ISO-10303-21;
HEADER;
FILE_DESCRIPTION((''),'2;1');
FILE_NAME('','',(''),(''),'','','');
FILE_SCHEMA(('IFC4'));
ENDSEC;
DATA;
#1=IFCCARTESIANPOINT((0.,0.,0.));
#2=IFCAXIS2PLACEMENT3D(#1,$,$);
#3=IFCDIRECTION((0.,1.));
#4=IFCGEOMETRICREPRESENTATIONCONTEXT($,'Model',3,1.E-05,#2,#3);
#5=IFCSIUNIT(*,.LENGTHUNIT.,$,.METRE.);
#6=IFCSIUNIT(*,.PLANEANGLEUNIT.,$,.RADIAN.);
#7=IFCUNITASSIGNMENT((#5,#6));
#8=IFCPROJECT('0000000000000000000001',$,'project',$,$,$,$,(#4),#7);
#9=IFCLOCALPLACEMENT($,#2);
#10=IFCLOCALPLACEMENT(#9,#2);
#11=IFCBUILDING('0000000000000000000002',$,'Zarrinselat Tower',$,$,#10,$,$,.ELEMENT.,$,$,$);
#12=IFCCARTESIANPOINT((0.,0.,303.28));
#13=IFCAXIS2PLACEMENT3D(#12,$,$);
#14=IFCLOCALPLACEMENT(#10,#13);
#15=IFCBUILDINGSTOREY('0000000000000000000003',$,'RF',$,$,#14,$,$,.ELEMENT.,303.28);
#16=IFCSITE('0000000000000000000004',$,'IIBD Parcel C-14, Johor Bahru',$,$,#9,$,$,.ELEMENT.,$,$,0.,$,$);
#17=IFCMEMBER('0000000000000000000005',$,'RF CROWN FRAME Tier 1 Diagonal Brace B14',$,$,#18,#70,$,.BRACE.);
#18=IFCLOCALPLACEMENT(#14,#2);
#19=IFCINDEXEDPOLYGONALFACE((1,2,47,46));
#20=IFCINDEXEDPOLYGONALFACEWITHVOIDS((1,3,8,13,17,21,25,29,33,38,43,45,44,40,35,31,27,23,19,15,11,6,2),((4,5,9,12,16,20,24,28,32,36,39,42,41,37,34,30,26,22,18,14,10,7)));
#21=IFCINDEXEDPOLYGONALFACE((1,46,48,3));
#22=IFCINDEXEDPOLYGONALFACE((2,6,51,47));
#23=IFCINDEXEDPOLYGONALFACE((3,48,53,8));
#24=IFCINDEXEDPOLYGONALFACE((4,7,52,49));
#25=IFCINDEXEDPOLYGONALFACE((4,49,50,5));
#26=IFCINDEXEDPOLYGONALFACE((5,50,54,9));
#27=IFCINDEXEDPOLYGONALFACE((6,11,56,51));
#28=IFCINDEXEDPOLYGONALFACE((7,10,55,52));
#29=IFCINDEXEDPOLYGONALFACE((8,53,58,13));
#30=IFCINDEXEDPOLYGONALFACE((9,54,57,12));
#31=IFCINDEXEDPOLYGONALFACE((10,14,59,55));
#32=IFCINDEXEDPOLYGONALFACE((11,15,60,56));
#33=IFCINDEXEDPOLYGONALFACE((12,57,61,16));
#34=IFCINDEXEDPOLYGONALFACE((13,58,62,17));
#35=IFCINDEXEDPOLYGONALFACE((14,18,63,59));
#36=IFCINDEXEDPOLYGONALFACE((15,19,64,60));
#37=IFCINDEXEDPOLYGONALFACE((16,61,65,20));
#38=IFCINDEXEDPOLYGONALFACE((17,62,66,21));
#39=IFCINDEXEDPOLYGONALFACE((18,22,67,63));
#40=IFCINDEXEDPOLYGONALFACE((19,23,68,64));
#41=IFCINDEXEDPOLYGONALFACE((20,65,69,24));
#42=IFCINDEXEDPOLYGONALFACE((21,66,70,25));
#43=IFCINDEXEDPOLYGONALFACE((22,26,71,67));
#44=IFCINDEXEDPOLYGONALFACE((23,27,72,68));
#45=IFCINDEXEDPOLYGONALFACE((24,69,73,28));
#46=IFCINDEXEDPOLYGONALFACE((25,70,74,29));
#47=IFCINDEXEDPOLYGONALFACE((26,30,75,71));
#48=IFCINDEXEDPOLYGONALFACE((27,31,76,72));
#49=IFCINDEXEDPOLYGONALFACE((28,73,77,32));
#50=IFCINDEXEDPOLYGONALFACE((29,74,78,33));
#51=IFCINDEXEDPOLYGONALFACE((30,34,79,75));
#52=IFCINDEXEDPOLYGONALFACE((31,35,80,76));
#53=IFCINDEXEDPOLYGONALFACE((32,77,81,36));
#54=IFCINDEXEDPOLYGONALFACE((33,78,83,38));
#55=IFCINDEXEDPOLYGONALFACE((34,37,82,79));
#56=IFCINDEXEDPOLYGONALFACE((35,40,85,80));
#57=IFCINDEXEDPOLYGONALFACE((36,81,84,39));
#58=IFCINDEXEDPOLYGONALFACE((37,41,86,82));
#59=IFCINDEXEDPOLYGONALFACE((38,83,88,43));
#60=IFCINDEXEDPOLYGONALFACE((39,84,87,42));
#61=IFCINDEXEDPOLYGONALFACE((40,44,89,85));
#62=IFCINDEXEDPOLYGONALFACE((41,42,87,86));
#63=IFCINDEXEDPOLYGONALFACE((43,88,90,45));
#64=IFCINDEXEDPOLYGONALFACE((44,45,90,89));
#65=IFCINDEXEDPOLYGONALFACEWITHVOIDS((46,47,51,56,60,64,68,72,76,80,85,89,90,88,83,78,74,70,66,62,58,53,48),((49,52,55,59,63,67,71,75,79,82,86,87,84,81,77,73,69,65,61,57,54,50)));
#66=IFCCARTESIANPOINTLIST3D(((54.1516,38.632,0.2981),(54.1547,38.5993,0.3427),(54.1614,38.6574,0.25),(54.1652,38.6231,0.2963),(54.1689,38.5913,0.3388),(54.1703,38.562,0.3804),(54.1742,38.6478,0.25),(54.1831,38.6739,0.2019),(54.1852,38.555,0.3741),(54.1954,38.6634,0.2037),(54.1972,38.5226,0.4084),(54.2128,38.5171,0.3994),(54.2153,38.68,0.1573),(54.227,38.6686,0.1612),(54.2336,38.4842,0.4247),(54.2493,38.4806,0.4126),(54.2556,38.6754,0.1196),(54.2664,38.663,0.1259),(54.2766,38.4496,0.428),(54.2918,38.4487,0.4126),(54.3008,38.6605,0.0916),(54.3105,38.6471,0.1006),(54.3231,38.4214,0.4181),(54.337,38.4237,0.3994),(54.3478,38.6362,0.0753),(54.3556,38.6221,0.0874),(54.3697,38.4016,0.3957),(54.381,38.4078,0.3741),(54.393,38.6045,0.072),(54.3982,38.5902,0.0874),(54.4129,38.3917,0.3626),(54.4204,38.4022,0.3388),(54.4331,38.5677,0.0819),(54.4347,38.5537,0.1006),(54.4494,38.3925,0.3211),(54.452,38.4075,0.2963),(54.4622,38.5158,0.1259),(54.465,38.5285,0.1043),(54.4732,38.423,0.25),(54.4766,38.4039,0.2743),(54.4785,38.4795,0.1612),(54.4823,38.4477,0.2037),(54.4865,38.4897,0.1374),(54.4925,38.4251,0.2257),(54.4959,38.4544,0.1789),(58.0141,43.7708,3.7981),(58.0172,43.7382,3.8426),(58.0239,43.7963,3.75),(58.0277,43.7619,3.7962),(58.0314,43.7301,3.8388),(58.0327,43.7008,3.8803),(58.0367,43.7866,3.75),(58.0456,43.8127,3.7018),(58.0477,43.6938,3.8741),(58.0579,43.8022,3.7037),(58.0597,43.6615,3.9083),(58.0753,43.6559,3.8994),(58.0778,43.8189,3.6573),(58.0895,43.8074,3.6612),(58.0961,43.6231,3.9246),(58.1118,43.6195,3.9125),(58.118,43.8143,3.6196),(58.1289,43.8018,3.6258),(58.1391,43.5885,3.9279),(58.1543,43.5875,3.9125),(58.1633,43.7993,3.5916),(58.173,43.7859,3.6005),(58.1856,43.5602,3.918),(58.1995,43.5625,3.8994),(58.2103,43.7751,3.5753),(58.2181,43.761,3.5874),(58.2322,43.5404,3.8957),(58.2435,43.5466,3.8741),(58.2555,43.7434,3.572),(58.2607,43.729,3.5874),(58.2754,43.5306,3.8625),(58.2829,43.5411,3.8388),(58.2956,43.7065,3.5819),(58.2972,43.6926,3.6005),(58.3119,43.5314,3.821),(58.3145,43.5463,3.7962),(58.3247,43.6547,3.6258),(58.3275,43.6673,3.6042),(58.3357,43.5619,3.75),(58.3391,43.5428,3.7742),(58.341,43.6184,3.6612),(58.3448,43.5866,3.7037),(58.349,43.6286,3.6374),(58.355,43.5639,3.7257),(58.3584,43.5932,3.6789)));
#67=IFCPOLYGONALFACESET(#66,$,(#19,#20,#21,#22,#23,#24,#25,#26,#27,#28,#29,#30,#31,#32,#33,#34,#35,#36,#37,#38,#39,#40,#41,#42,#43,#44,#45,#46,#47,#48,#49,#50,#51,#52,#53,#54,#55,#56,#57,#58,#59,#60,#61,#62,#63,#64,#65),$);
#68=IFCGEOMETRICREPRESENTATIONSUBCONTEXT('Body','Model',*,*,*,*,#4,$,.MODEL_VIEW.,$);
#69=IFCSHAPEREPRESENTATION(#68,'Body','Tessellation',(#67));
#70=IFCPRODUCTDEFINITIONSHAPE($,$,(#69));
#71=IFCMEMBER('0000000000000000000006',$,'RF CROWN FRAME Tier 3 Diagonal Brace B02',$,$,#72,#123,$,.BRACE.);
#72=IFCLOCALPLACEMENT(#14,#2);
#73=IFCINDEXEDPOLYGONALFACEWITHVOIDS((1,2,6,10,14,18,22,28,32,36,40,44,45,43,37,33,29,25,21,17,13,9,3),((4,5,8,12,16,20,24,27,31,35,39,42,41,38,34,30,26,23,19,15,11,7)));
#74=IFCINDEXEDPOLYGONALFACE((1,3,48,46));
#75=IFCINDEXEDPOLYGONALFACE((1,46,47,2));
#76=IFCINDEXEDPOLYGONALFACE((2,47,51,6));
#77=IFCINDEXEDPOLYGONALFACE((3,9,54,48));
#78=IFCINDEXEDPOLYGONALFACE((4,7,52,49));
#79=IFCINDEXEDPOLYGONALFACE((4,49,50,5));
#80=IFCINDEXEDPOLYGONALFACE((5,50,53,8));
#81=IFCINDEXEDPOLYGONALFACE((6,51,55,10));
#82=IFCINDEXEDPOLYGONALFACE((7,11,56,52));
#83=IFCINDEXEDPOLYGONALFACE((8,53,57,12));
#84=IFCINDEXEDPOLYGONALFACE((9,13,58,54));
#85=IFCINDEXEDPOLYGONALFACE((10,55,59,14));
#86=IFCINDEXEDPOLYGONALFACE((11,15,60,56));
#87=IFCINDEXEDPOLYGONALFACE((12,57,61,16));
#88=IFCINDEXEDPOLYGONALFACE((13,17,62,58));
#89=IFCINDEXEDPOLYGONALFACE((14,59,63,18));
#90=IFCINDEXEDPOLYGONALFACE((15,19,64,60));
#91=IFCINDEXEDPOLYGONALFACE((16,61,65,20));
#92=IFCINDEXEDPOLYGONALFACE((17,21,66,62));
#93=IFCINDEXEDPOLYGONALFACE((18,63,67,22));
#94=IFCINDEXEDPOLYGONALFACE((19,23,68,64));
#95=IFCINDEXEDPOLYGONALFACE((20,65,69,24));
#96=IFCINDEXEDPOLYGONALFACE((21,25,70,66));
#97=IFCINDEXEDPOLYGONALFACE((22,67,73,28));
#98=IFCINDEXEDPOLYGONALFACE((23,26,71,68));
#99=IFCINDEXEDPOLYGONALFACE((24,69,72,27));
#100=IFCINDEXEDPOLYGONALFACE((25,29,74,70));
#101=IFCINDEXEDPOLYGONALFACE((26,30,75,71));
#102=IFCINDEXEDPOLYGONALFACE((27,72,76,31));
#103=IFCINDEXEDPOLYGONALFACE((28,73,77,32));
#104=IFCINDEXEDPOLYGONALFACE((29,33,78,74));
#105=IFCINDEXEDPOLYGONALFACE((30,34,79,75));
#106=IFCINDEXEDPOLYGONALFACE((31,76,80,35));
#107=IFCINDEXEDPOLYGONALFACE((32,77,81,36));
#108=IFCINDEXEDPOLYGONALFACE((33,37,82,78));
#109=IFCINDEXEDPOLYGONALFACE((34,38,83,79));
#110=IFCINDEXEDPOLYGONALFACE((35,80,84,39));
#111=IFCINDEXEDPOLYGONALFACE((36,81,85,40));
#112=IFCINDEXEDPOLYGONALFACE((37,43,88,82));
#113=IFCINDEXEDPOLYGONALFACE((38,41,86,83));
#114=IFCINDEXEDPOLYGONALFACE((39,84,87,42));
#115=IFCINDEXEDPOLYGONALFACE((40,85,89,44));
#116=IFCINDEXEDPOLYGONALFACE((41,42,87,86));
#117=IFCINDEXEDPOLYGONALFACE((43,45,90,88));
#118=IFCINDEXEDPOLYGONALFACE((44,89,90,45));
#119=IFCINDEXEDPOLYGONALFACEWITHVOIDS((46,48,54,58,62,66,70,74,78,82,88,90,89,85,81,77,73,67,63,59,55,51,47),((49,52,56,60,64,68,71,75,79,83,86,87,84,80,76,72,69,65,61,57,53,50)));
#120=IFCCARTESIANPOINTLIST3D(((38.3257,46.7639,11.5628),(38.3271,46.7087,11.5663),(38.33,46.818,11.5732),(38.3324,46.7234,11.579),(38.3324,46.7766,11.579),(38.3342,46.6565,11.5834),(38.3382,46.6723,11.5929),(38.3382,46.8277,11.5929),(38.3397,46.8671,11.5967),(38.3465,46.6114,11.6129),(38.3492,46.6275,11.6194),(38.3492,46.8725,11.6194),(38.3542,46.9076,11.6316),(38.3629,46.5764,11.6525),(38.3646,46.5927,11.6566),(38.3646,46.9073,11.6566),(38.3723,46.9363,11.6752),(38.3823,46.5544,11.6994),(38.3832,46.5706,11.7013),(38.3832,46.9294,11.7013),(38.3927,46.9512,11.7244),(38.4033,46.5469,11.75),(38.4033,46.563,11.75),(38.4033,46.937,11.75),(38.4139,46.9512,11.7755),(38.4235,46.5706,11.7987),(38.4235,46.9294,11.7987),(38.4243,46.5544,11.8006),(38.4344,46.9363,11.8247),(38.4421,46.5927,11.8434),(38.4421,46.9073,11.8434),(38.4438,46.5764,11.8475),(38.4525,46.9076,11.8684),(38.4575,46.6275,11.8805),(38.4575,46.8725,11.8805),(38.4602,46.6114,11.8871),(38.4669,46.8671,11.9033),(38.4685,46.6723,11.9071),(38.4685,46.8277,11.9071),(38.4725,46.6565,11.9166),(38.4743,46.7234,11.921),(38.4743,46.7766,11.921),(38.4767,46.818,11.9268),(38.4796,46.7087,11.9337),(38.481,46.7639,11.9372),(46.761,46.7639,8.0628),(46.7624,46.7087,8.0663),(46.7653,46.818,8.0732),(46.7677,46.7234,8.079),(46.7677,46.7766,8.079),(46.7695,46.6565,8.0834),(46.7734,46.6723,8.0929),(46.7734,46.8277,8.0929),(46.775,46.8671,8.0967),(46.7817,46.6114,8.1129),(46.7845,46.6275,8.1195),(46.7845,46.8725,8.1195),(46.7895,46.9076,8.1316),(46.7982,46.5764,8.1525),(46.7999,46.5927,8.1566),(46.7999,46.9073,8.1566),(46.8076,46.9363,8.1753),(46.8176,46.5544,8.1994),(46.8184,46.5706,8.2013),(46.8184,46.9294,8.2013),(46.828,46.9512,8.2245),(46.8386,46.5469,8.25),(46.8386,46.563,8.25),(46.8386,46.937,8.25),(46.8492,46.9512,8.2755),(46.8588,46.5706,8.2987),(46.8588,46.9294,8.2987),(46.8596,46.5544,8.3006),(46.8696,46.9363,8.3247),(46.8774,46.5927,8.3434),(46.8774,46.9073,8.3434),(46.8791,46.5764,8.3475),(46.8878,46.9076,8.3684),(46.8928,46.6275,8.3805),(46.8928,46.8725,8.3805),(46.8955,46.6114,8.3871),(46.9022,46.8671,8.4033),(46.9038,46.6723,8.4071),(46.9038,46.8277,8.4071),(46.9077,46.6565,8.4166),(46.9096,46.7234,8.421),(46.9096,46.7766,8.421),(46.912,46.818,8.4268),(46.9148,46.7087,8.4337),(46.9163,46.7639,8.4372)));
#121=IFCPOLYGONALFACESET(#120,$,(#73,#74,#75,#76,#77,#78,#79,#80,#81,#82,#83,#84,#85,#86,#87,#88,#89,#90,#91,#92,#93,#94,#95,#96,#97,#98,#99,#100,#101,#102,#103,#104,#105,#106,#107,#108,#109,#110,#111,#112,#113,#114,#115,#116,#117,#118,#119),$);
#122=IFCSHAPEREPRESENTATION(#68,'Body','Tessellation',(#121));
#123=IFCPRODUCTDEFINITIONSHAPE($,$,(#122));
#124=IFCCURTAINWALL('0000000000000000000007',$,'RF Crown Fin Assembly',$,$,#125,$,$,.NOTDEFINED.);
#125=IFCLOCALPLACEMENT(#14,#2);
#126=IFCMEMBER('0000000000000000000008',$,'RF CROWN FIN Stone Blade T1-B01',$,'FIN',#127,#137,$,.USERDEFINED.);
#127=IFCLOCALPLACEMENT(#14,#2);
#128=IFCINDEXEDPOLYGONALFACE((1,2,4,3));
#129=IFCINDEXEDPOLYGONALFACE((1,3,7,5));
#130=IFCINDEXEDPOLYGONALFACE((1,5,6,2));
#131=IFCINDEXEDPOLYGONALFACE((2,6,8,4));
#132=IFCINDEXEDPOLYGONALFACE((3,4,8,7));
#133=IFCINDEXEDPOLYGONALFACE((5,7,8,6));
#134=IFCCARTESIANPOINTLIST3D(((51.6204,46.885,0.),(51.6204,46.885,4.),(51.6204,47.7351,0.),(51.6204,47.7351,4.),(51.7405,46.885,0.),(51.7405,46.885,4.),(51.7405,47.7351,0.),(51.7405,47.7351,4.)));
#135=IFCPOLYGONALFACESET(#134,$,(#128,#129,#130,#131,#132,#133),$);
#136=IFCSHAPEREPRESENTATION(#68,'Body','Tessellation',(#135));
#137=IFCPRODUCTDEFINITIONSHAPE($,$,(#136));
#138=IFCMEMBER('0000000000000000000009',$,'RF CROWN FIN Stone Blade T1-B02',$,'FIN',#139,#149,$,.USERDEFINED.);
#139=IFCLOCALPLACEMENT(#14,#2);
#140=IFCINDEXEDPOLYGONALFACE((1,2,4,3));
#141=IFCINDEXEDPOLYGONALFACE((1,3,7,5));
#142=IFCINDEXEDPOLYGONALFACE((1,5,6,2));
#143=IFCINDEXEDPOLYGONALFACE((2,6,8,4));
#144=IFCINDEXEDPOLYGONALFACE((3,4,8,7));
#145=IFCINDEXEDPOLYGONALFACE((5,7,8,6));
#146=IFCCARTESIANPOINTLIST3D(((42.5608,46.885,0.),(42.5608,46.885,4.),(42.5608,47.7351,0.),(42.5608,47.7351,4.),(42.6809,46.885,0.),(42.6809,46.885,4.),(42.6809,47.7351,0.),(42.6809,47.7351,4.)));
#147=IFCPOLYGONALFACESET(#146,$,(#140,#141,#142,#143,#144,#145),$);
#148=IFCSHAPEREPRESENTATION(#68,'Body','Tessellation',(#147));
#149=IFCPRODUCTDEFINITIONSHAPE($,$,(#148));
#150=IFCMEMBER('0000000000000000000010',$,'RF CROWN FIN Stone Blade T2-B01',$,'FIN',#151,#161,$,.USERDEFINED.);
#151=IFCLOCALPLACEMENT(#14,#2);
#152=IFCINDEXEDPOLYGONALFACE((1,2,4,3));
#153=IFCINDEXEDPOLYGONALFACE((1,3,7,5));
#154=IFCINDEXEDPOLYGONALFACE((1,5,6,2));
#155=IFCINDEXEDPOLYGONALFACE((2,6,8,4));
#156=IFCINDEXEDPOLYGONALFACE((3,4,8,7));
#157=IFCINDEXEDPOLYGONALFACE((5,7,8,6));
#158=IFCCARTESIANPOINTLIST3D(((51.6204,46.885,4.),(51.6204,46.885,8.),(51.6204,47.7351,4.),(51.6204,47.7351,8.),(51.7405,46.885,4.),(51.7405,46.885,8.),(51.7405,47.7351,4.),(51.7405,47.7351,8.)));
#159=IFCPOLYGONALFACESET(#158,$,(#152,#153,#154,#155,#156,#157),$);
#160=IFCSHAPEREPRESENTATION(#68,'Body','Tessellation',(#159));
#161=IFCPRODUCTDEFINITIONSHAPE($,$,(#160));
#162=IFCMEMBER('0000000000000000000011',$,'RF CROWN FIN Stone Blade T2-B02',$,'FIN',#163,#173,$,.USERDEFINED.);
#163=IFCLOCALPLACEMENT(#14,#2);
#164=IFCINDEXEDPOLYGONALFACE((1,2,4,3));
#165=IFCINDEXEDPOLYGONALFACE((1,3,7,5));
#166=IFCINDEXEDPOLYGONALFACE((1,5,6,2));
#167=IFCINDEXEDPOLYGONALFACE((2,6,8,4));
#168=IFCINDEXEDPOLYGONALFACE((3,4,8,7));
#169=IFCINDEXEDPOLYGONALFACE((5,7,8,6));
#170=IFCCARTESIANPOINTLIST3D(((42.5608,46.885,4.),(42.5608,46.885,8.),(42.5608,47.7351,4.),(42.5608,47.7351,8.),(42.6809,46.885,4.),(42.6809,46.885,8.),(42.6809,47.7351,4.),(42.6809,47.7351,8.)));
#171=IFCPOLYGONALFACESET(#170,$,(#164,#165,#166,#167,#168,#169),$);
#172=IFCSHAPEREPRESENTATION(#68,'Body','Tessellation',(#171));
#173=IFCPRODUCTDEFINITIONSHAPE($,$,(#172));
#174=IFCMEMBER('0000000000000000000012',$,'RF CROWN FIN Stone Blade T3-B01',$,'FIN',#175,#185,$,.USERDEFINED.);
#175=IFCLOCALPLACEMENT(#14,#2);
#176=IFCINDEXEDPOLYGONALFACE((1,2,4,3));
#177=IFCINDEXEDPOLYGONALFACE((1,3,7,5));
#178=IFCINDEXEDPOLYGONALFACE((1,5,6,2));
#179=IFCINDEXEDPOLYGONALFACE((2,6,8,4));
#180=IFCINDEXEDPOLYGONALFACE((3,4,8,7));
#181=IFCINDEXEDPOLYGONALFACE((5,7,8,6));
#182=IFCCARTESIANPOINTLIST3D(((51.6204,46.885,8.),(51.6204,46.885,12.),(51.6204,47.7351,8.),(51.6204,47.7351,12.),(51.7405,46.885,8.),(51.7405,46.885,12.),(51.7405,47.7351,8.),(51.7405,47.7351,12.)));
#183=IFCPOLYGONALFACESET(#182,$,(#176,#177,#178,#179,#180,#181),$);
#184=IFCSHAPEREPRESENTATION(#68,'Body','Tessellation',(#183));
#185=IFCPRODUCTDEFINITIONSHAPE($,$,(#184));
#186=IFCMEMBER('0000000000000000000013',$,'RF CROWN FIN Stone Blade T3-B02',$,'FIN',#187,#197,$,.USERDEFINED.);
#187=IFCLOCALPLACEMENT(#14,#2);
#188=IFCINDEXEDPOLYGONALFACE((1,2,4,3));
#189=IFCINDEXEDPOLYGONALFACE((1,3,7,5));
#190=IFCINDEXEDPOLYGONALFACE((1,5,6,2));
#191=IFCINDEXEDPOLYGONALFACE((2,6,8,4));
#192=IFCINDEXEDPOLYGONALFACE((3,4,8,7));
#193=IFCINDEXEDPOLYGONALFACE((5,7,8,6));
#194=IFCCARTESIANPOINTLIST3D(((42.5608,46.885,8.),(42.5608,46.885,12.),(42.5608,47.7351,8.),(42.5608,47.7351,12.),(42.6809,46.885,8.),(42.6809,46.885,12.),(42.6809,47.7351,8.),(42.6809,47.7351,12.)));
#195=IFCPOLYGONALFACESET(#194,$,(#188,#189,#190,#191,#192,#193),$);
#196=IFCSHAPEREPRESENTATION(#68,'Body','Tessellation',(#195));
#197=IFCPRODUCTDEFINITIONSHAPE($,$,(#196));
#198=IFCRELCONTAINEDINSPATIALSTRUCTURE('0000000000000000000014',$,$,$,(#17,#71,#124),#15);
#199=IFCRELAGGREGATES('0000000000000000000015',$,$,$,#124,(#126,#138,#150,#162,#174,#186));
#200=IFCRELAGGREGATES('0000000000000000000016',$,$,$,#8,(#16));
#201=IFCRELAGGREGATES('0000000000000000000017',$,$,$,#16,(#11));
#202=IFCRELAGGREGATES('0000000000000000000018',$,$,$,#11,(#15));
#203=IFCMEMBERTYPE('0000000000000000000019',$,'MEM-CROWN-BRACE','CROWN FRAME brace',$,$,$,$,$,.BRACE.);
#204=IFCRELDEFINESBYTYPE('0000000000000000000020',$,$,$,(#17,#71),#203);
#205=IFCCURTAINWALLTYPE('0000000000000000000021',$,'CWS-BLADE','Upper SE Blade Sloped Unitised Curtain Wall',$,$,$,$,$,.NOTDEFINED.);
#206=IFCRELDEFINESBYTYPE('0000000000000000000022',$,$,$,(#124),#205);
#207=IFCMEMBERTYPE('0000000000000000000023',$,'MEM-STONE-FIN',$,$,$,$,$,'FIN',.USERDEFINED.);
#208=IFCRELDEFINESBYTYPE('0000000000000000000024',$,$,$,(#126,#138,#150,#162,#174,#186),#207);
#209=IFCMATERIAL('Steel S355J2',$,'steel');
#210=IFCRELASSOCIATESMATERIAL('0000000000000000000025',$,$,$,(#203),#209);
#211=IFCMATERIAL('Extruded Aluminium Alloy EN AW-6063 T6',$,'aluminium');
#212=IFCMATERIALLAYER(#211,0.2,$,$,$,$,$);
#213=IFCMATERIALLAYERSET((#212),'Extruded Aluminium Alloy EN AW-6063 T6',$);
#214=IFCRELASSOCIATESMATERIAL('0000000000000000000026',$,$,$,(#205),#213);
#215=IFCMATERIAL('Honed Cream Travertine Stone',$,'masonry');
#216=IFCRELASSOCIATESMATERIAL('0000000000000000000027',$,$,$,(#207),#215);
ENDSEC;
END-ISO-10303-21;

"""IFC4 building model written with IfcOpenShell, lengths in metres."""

from ifc_helpers import new_model, si_unit, direction, frame, origin, origin_2d, place, context, subcontext, project, spatial, rectangle, hollow_circle, extrude, material, layer, layer_set, material_profile, profile_set, type_object, element, aggregate, save


model = new_model("IFC4")

# Units and contexts
model_context = context("Model", 3, precision=1e-05, world=origin(), true_north=direction((0.0, 1.0)))
body_context = subcontext(model_context, "Body", "Model", "MODEL_VIEW")
ifc_project = project(units=[si_unit("LENGTHUNIT", "METRE"), si_unit("PLANEANGLEUNIT", "RADIAN")], contexts=[model_context])

# Site, building, storey
site_placement = place(None, origin())
site = spatial("IfcSite", under=ifc_project, at=site_placement, Name="IIBD Parcel C-14, Johor Bahru", CompositionType="ELEMENT", RefElevation=0.0)
building_placement = place(site_placement, origin())
building = spatial("IfcBuilding", under=site, at=building_placement, Name="Zarrinselat Tower", CompositionType="ELEMENT")
storey_placement = place(building_placement, frame((0.0, 0.0, 303.28)))
storey = spatial("IfcBuildingStorey", under=building, at=storey_placement, Name="RF", CompositionType="ELEMENT", Elevation=303.28)

# Members
ifc_material_1 = material(Name="Steel S355J2", Category="steel")
ifc_material_profile_1 = material_profile(ifc_material_1, hollow_circle(Radius=0.2031, WallThickness=0.0161, at=origin_2d()), Name="CHS 406.4x16")
ifc_profile_set_1 = profile_set([ifc_material_profile_1], Name="Steel S355J2")
member_type_1 = type_object("IfcMemberType", Name="MEM-CROWN-BRACE", Description="CROWN FRAME brace", PredefinedType="BRACE", material=ifc_profile_set_1)
member_1_placement = place(storey_placement, frame((54.3237, 38.5354, 0.25), z_axis=(0.527694, 0.702068, 0.478163), x_axis=(-0.799375, 0.600832, 0.0)))
element("IfcMember", 1, at=member_1_placement, inside=storey, type_object=member_type_1, Name="RF CROWN FRAME Tier 1 Diagonal Brace B14", PredefinedType="BRACE", context=body_context, shape_type="SweptSolid", body=[
    extrude(hollow_circle(Radius=0.2031, WallThickness=0.0161, at=origin_2d()), origin(), (0.0, 0.0, 1.0), 7.3196),
])
member_2_placement = place(storey_placement, frame((46.8386, 46.75, 8.25), z_axis=(-0.923648, 0.0, 0.383243), x_axis=(0.0, -1.0, 0.0)))
element("IfcMember", 2, at=member_2_placement, inside=storey, type_object=member_type_1, Name="RF CROWN FRAME Tier 3 Diagonal Brace B02", PredefinedType="BRACE", context=body_context, shape_type="SweptSolid", body=[
    extrude(hollow_circle(Radius=0.2031, WallThickness=0.0161, at=origin_2d()), origin(), (0.0, 0.0, 1.0), 9.1326),
])

# Curtain wall, members
ifc_material_2 = material(Name="Extruded Aluminium Alloy EN AW-6063 T6", Category="aluminium")
ifc_layer_1 = layer(ifc_material_2, 0.2)
ifc_layer_set_1 = layer_set([ifc_layer_1], Name="Extruded Aluminium Alloy EN AW-6063 T6")
curtain_wall_type = type_object("IfcCurtainWallType", Name="CWS-BLADE", Description="Upper SE Blade Sloped Unitised Curtain Wall", PredefinedType="NOTDEFINED", material=ifc_layer_set_1)
curtain_wall_placement = place(storey_placement, origin())
curtain_wall = element("IfcCurtainWall", 3, at=curtain_wall_placement, inside=storey, type_object=curtain_wall_type, Name="RF Crown Fin Assembly", PredefinedType="NOTDEFINED")
ifc_material_3 = material(Name="Honed Cream Travertine Stone", Category="masonry")
ifc_material_profile_2 = material_profile(ifc_material_3, rectangle(XDim=0.1201, YDim=0.8501, at=origin_2d()), Name="FIN 850x120")
ifc_profile_set_2 = profile_set([ifc_material_profile_2], Name="Honed Cream Travertine Stone")
member_type_2 = type_object("IfcMemberType", Name="MEM-STONE-FIN", ElementType="FIN", PredefinedType="USERDEFINED", material=ifc_profile_set_2)
member_3_placement = place(storey_placement, frame((51.6804, 47.3101, 0.0), z_axis=(0.0, 0.0, 1.0), x_axis=(1.0, 0.0, 0.0)))
member_3 = element("IfcMember", 4, at=member_3_placement, type_object=member_type_2, Name="RF CROWN FIN Stone Blade T1-B01", ObjectType="FIN", PredefinedType="USERDEFINED", context=body_context, shape_type="SweptSolid", body=[
    extrude(rectangle(XDim=0.1201, YDim=0.8501, at=origin_2d()), origin(), (0.0, 0.0, 1.0), 4.0),
])
member_4_placement = place(storey_placement, frame((42.6208, 47.3101, 0.0), z_axis=(0.0, 0.0, 1.0), x_axis=(1.0, 0.0, 0.0)))
member_4 = element("IfcMember", 5, at=member_4_placement, type_object=member_type_2, Name="RF CROWN FIN Stone Blade T1-B02", ObjectType="FIN", PredefinedType="USERDEFINED", context=body_context, shape_type="SweptSolid", body=[
    extrude(rectangle(XDim=0.1201, YDim=0.8501, at=origin_2d()), origin(), (0.0, 0.0, 1.0), 4.0),
])
member_5_placement = place(storey_placement, frame((51.6804, 47.3101, 4.0), z_axis=(0.0, 0.0, 1.0), x_axis=(1.0, 0.0, 0.0)))
member_5 = element("IfcMember", 6, at=member_5_placement, type_object=member_type_2, Name="RF CROWN FIN Stone Blade T2-B01", ObjectType="FIN", PredefinedType="USERDEFINED", context=body_context, shape_type="SweptSolid", body=[
    extrude(rectangle(XDim=0.1201, YDim=0.8501, at=origin_2d()), origin(), (0.0, 0.0, 1.0), 4.0),
])
member_6_placement = place(storey_placement, frame((42.6208, 47.3101, 4.0), z_axis=(0.0, 0.0, 1.0), x_axis=(1.0, 0.0, 0.0)))
member_6 = element("IfcMember", 7, at=member_6_placement, type_object=member_type_2, Name="RF CROWN FIN Stone Blade T2-B02", ObjectType="FIN", PredefinedType="USERDEFINED", context=body_context, shape_type="SweptSolid", body=[
    extrude(rectangle(XDim=0.1201, YDim=0.8501, at=origin_2d()), origin(), (0.0, 0.0, 1.0), 4.0),
])
member_7_placement = place(storey_placement, frame((51.6804, 47.3101, 8.0), z_axis=(0.0, 0.0, 1.0), x_axis=(1.0, 0.0, 0.0)))
member_7 = element("IfcMember", 8, at=member_7_placement, type_object=member_type_2, Name="RF CROWN FIN Stone Blade T3-B01", ObjectType="FIN", PredefinedType="USERDEFINED", context=body_context, shape_type="SweptSolid", body=[
    extrude(rectangle(XDim=0.1201, YDim=0.8501, at=origin_2d()), origin(), (0.0, 0.0, 1.0), 4.0),
])
member_8_placement = place(storey_placement, frame((42.6208, 47.3101, 8.0), z_axis=(0.0, 0.0, 1.0), x_axis=(1.0, 0.0, 0.0)))
member_8 = element("IfcMember", 9, at=member_8_placement, type_object=member_type_2, Name="RF CROWN FIN Stone Blade T3-B02", ObjectType="FIN", PredefinedType="USERDEFINED", context=body_context, shape_type="SweptSolid", body=[
    extrude(rectangle(XDim=0.1201, YDim=0.8501, at=origin_2d()), origin(), (0.0, 0.0, 1.0), 4.0),
])
aggregate(curtain_wall, [member_3, member_4, member_5, member_6, member_7, member_8])

save(model, "model.ifc")
